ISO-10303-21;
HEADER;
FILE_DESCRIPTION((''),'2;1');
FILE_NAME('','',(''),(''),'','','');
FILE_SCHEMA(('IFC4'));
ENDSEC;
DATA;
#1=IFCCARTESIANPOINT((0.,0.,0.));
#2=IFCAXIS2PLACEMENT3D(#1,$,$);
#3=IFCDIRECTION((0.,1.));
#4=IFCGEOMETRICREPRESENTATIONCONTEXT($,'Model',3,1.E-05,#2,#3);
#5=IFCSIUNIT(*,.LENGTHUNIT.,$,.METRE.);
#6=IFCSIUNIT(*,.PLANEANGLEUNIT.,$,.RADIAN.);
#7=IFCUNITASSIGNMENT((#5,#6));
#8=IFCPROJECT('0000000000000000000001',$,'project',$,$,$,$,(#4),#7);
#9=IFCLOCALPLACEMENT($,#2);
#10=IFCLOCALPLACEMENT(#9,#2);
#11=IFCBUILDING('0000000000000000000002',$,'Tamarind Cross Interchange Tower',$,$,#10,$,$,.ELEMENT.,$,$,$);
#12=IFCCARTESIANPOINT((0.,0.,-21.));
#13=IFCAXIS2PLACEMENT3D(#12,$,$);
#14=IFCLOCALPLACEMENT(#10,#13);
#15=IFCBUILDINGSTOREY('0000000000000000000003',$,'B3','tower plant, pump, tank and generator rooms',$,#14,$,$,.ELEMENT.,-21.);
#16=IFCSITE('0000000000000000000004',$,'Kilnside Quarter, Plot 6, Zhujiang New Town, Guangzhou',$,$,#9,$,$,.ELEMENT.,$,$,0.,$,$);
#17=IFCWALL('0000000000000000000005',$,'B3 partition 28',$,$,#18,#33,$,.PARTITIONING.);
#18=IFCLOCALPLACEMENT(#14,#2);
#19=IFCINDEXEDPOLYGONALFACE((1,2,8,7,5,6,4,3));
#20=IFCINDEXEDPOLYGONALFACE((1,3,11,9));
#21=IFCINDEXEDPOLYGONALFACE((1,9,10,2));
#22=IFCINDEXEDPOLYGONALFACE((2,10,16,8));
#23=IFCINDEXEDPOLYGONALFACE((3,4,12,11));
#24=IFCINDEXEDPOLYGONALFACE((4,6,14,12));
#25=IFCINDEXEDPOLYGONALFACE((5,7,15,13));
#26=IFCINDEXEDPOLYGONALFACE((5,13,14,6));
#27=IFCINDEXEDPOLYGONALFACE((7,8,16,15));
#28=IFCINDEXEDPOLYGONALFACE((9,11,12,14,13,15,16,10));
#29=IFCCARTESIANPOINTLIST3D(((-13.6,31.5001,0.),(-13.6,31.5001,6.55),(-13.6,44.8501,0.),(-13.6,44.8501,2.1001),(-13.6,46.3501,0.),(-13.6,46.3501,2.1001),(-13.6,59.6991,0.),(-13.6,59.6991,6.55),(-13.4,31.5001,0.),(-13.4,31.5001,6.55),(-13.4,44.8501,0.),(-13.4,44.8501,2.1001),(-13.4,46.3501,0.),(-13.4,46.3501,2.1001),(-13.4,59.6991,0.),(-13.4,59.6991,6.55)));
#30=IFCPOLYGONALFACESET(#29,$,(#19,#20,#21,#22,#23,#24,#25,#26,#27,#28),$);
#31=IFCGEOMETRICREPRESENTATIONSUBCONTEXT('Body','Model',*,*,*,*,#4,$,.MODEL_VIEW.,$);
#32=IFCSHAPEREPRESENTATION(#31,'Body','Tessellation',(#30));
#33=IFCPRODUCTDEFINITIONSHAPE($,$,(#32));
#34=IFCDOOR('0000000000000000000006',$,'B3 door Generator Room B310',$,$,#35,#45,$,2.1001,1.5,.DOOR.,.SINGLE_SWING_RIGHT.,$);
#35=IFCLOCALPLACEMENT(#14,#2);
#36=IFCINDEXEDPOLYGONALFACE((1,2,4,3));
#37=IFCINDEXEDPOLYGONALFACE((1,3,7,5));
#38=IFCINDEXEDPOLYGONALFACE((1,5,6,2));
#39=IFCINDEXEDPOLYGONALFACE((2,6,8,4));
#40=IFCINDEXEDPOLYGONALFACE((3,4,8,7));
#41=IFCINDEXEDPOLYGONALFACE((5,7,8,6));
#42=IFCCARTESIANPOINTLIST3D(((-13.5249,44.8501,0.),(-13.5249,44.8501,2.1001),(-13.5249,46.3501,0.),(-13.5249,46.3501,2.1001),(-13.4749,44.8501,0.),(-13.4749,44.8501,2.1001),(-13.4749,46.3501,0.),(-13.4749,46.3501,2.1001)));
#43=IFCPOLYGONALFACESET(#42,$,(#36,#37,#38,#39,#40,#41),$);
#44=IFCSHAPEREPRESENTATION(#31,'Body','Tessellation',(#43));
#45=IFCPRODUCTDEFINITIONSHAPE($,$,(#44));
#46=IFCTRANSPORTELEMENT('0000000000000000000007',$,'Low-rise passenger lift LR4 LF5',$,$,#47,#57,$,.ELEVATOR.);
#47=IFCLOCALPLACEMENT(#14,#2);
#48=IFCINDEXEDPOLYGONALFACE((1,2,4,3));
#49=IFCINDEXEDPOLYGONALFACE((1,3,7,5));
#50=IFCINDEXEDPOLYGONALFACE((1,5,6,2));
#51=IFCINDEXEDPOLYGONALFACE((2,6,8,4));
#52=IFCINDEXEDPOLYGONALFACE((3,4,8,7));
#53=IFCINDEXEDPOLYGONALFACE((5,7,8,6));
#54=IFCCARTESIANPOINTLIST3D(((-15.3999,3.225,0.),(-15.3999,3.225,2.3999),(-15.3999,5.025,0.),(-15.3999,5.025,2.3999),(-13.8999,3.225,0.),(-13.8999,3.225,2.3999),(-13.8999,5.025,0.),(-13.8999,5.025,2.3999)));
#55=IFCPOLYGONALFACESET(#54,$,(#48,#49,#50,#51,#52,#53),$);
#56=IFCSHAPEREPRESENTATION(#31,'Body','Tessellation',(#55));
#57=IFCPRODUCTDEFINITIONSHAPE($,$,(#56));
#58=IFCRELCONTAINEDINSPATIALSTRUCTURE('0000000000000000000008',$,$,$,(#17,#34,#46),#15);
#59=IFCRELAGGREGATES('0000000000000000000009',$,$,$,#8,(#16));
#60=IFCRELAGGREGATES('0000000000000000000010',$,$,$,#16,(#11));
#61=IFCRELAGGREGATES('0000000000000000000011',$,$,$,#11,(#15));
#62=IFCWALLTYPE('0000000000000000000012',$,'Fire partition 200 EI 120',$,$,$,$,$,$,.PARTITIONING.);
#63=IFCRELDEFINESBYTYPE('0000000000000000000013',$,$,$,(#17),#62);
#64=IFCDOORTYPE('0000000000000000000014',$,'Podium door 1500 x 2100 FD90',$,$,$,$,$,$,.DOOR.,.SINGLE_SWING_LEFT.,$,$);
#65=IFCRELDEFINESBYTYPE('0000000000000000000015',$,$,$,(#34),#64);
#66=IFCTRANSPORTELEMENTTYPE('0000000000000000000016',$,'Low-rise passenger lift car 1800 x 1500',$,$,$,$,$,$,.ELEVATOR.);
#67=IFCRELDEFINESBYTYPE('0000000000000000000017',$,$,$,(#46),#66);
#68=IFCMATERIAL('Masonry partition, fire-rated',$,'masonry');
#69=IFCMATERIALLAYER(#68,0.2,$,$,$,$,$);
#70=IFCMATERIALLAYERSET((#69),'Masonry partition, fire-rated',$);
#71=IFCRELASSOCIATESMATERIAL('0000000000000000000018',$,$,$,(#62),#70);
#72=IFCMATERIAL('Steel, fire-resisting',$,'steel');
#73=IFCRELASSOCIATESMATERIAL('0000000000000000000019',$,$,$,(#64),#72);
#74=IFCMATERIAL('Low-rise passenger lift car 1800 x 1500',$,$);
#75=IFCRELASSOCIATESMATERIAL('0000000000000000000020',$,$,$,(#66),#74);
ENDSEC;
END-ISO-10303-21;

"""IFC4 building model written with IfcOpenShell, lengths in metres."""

from ifc_helpers import new_model, si_unit, direction, frame, frame_2d, origin, origin_2d, place, context, subcontext, project, spatial, rectangle, extrude, material, layer, layer_set, type_object, element, fill, save


model = new_model("IFC4")

# Units and contexts
model_context = context("Model", 3, precision=1e-05, world=origin(), true_north=direction((0.0, 1.0)))
body_context = subcontext(model_context, "Body", "Model", "MODEL_VIEW")
ifc_project = project(units=[si_unit("LENGTHUNIT", "METRE"), si_unit("PLANEANGLEUNIT", "RADIAN")], contexts=[model_context])

# Site, building, storey
site_placement = place(None, origin())
site = spatial("IfcSite", under=ifc_project, at=site_placement, Name="Kilnside Quarter, Plot 6, Zhujiang New Town, Guangzhou", CompositionType="ELEMENT", RefElevation=0.0)
building_placement = place(site_placement, origin())
building = spatial("IfcBuilding", under=site, at=building_placement, Name="Tamarind Cross Interchange Tower", CompositionType="ELEMENT")
storey_placement = place(building_placement, frame((0.0, 0.0, -21.0)))
storey = spatial("IfcBuildingStorey", under=building, at=storey_placement, Name="B3", Description="tower plant, pump, tank and generator rooms", CompositionType="ELEMENT", Elevation=-21.0)

# Wall, opening, door
ifc_material_1 = material(Name="Masonry partition, fire-rated", Category="masonry")
ifc_layer_1 = layer(ifc_material_1, 0.2)
ifc_layer_set_1 = layer_set([ifc_layer_1], Name="Masonry partition, fire-rated")
wall_type_1 = type_object("IfcWallType", Name="Fire partition 200 EI 120", PredefinedType="PARTITIONING", material=ifc_layer_set_1)
wall_1_placement = place(storey_placement, frame((-13.5, 31.5, 0.0), z_axis=(0.0, 0.0, 1.0), x_axis=(0.0, 1.0, 0.0)))
wall_1 = element("IfcWall", 1, at=wall_1_placement, inside=storey, type_object=wall_type_1, Name="B3 partition 28", PredefinedType="PARTITIONING", context=body_context, shape_type="SweptSolid", body=[
    extrude(rectangle(XDim=28.199, YDim=0.2, at=frame_2d((14.0996, 0.0))), origin(), (0.0, 0.0, 1.0), 6.55),
])
opening_placement = place(wall_1_placement, frame((13.3501, 0.0, 0.0)))
opening = element("IfcOpeningElement", 2, at=opening_placement, cuts=wall_1, PredefinedType="OPENING", context=body_context, shape_type="SweptSolid", body=[
    extrude(rectangle(XDim=1.5, YDim=2.1001, at=frame_2d((0.75, 1.05))), frame((0.0, 0.1099, 0.0), z_axis=(0.0, -1.0, 0.0), x_axis=(1.0, 0.0, 0.0)), (0.0, 0.0, 1.0), 0.22),
])
ifc_material_2 = material(Name="Steel, fire-resisting", Category="steel")
door_type = type_object("IfcDoorType", Name="Podium door 1500 x 2100 FD90", OperationType="SINGLE_SWING_LEFT", PredefinedType="DOOR", material=ifc_material_2)
door_placement = place(opening_placement, origin())
door = element("IfcDoor", 3, at=door_placement, inside=storey, type_object=door_type, Name="B3 door Generator Room B310", OperationType="SINGLE_SWING_RIGHT", OverallHeight=2.1001, OverallWidth=1.5, PredefinedType="DOOR", context=body_context, shape_type="SweptSolid", body=[
    extrude(rectangle(XDim=1.5, YDim=2.1001, at=frame_2d((0.75, 1.05))), frame((0.0, 0.0249, 0.0), z_axis=(0.0, -1.0, 0.0), x_axis=(1.0, 0.0, 0.0)), (0.0, 0.0, 1.0), 0.05),
])
fill(opening, door)

# Transport element
ifc_material_3 = material(Name="Low-rise passenger lift car 1800 x 1500")
transport_element_type = type_object("IfcTransportElementType", Name="Low-rise passenger lift car 1800 x 1500", PredefinedType="ELEVATOR", material=ifc_material_3)
transport_element_placement = place(storey_placement, frame((-14.6499, 4.125, 0.0), z_axis=(0.0, 0.0, 1.0), x_axis=(1.0, 0.0, 0.0)))
element("IfcTransportElement", 4, at=transport_element_placement, inside=storey, type_object=transport_element_type, Name="Low-rise passenger lift LR4 LF5", PredefinedType="ELEVATOR", context=body_context, shape_type="SweptSolid", body=[
    extrude(rectangle(XDim=1.5, YDim=1.8, at=origin_2d()), origin(), (0.0, 0.0, 1.0), 2.3999),
])

save(model, "model.ifc")
